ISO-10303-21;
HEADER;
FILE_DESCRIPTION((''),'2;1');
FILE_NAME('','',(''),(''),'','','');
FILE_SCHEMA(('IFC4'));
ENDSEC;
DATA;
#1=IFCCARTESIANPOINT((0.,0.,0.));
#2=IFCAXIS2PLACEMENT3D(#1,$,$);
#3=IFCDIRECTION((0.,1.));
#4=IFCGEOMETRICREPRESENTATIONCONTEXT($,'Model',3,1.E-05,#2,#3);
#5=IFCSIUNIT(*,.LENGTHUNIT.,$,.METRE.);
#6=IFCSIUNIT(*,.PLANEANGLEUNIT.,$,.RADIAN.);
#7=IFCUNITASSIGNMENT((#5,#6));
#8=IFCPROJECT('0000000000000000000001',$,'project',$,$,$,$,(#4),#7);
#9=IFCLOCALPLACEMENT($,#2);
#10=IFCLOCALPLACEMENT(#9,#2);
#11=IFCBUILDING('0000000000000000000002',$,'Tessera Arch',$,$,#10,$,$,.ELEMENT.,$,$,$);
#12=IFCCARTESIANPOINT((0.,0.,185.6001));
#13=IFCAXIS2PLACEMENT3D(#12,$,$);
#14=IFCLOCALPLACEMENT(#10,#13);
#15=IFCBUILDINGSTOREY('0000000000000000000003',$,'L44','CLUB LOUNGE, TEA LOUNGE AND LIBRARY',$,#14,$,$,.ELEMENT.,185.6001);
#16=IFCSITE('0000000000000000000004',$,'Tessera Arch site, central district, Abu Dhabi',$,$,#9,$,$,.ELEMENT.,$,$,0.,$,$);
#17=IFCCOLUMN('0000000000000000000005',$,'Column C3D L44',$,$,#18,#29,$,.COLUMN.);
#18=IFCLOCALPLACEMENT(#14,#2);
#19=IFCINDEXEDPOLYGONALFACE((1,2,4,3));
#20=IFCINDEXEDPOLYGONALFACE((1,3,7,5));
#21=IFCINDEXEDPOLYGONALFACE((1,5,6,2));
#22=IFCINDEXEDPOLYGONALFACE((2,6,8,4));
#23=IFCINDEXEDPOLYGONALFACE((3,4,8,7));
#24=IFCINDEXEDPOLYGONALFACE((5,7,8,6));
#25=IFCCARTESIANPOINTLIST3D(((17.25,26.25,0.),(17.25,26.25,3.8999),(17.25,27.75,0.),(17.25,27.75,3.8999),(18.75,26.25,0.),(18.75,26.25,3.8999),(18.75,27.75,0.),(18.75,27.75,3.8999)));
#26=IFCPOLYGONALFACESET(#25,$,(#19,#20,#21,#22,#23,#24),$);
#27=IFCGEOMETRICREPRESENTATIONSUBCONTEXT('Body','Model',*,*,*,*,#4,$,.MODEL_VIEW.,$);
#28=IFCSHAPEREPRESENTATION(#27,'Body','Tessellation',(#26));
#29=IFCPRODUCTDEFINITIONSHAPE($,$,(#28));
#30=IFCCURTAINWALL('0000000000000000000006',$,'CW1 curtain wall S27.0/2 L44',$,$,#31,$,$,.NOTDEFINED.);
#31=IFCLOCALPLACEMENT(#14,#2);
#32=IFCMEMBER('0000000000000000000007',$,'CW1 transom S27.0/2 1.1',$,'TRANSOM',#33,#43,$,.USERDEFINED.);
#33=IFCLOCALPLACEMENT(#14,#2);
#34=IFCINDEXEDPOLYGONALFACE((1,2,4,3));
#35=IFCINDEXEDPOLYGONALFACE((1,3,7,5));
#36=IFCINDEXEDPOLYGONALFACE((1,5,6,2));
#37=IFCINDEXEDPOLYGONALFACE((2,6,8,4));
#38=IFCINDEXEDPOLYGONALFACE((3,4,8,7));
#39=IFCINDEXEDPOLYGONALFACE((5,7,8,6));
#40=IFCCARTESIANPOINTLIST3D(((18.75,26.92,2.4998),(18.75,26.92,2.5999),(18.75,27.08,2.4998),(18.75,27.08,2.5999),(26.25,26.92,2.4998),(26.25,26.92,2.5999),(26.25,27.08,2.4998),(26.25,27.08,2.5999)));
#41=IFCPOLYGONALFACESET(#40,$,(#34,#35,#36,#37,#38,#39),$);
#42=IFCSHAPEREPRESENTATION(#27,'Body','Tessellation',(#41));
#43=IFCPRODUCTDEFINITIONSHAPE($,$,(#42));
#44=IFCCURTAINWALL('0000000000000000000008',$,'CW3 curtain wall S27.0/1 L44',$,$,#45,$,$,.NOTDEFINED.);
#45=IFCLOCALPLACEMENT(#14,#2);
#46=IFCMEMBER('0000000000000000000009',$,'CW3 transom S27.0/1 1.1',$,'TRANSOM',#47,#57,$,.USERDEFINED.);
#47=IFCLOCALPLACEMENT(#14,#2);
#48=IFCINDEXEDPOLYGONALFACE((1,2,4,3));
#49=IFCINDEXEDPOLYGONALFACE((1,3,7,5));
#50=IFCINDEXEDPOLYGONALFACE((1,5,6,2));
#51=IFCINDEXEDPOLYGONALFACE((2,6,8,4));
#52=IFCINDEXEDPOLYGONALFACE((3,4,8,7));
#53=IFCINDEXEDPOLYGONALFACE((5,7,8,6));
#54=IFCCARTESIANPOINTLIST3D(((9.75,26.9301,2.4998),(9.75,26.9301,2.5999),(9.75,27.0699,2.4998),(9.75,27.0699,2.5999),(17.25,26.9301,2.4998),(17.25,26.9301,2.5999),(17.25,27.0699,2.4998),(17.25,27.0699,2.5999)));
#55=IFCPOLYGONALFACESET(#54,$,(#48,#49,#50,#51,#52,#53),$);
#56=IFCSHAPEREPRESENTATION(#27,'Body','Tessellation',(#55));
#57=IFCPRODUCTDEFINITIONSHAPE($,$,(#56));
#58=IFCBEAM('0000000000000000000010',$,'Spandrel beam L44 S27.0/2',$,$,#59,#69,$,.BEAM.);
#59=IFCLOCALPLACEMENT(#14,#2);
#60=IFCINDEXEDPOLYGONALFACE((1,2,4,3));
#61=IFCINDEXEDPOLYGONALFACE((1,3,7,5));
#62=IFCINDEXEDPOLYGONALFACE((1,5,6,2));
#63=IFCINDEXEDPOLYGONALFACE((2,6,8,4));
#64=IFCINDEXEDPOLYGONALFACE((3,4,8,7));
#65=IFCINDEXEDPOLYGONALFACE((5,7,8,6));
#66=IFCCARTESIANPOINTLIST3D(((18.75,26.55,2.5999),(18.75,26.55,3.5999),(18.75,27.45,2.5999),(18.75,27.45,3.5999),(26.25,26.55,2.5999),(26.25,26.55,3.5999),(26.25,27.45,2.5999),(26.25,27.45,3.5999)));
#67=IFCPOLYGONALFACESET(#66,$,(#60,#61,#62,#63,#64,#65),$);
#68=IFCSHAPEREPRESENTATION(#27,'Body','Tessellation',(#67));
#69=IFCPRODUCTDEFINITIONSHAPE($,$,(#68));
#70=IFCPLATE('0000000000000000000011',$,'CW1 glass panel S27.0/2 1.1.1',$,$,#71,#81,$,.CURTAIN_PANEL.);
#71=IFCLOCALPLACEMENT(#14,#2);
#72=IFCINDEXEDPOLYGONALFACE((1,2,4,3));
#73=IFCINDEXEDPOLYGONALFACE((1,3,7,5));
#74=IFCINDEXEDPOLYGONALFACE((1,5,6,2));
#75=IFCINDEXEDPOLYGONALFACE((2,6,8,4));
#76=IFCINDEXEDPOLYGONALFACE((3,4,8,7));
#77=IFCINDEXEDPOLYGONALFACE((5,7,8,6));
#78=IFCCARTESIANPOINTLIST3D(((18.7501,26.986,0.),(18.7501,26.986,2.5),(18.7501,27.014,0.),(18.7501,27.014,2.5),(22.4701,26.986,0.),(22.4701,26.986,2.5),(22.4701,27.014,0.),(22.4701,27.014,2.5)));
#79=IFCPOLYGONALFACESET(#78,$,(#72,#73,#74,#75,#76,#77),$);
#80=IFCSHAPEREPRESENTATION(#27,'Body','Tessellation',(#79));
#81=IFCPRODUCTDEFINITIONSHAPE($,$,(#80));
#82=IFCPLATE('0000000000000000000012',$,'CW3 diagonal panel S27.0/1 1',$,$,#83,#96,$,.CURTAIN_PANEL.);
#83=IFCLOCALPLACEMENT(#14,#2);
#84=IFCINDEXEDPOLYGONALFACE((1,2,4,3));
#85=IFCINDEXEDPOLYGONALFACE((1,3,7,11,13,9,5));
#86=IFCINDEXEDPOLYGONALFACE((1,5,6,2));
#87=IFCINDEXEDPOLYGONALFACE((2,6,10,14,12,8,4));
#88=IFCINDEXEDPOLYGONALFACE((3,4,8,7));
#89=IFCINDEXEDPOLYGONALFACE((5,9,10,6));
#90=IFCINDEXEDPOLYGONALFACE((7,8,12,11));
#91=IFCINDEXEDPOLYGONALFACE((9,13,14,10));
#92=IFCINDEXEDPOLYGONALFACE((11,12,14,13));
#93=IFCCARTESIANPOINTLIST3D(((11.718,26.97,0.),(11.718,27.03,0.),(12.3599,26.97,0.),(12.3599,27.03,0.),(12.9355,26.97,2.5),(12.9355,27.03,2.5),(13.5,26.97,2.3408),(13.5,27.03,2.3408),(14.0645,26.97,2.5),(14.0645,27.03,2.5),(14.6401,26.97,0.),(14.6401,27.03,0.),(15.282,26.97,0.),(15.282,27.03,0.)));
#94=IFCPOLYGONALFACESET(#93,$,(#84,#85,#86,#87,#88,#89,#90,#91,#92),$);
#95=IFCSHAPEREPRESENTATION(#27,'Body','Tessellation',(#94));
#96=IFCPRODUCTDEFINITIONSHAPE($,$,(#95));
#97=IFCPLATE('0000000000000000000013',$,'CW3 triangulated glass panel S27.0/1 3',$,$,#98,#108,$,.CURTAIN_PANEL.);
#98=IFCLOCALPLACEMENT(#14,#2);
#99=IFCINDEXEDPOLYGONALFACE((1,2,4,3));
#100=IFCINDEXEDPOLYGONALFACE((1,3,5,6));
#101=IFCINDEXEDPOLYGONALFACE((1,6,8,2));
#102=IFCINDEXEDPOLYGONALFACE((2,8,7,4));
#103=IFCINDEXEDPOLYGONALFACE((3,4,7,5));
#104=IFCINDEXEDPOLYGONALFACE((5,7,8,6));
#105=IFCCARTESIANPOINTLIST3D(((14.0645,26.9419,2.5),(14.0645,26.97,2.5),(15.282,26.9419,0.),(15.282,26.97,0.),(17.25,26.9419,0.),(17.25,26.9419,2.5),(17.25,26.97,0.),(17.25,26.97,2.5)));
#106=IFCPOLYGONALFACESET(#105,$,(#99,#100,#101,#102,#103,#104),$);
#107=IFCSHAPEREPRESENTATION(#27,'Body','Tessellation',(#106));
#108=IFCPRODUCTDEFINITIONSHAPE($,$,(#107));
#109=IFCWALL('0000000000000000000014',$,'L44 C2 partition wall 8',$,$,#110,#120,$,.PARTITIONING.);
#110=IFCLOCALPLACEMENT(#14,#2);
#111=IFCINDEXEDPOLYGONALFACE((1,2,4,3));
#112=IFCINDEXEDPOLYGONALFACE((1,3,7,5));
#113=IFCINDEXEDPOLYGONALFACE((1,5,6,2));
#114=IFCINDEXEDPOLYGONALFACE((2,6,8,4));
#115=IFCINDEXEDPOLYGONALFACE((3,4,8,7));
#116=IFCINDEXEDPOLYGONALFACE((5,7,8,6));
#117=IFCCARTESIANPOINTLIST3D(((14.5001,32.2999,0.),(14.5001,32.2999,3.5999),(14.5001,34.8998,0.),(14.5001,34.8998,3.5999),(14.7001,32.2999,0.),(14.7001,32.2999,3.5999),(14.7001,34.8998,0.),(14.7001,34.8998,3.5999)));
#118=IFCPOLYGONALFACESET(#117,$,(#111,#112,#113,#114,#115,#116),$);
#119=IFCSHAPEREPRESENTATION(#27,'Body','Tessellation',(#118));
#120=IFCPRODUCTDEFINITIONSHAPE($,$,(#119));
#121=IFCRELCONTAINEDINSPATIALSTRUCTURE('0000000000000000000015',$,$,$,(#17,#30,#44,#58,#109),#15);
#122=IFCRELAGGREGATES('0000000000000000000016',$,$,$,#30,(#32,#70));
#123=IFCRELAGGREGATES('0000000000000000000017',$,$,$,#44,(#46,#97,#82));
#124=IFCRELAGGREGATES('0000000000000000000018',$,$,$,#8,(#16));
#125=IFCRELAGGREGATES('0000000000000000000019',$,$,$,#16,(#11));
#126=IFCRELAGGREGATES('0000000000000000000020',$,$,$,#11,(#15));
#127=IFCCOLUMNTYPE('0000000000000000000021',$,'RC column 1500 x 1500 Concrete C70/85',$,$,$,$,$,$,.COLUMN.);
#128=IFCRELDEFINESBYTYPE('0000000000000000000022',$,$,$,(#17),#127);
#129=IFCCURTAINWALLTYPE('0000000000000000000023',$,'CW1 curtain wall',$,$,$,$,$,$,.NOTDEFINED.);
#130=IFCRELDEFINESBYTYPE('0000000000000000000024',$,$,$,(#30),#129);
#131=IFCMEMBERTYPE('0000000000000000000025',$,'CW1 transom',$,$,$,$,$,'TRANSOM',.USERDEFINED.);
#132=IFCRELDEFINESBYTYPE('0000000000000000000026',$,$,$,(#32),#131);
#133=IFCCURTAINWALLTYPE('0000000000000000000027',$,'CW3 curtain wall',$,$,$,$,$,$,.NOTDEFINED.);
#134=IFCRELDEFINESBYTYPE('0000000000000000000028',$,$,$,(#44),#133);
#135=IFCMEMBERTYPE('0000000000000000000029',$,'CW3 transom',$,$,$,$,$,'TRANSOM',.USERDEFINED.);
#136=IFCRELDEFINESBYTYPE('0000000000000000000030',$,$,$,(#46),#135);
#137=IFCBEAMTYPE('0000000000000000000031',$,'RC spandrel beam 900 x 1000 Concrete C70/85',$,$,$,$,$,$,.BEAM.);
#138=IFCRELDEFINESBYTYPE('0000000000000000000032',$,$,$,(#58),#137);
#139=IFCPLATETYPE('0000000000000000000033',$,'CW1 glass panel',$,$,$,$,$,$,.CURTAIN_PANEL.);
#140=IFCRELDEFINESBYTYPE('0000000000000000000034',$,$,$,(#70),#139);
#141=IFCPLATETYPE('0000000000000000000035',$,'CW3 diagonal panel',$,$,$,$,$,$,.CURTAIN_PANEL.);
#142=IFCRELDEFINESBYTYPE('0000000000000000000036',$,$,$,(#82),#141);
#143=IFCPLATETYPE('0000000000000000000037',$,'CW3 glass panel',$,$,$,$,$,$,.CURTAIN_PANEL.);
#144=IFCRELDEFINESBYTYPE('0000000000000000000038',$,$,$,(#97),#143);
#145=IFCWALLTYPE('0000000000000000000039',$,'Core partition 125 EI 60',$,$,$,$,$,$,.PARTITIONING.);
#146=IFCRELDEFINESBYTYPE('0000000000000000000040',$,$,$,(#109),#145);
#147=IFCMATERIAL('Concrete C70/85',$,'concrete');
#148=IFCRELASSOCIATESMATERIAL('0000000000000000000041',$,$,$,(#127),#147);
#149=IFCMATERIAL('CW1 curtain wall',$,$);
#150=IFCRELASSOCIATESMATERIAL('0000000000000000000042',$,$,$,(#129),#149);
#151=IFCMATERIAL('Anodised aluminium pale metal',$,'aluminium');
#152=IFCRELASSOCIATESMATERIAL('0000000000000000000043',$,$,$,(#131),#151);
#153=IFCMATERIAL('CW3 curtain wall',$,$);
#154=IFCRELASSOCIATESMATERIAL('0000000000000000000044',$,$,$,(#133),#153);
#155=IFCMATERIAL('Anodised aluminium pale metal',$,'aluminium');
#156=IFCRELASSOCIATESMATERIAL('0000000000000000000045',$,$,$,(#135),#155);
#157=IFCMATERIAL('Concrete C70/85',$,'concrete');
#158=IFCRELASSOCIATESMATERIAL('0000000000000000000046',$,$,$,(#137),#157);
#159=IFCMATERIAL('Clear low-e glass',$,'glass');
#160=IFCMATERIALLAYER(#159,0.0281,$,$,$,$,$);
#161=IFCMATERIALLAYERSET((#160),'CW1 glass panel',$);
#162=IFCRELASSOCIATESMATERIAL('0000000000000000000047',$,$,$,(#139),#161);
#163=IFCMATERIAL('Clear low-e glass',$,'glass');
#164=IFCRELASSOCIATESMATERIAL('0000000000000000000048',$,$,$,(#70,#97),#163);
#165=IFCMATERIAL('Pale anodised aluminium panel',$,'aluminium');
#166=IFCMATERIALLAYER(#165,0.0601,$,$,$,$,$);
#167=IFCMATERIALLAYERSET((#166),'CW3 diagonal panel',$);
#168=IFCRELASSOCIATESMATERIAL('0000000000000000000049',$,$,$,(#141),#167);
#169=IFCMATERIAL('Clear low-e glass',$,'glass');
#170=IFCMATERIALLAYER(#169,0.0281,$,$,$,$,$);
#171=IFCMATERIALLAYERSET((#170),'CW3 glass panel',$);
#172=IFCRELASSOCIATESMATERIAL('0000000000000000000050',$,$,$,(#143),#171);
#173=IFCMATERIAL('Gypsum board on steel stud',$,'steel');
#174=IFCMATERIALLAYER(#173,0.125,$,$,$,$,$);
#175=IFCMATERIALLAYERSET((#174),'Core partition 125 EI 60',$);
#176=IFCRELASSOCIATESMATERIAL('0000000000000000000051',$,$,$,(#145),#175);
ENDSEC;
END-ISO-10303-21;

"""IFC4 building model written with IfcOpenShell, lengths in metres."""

from ifc_helpers import new_model, si_unit, direction, frame, frame_2d, origin, origin_2d, place, context, subcontext, project, spatial, polyline, rectangle, outline, extrude, material, layer, layer_set, material_profile, profile_set, type_object, element, aggregate, save


model = new_model("IFC4")

# Units and contexts
model_context = context("Model", 3, precision=1e-05, world=origin(), true_north=direction((0.0, 1.0)))
body_context = subcontext(model_context, "Body", "Model", "MODEL_VIEW")
ifc_project = project(units=[si_unit("LENGTHUNIT", "METRE"), si_unit("PLANEANGLEUNIT", "RADIAN")], contexts=[model_context])

# Site, building, storey
site_placement = place(None, origin())
site = spatial("IfcSite", under=ifc_project, at=site_placement, Name="Tessera Arch site, central district, Abu Dhabi", CompositionType="ELEMENT", RefElevation=0.0)
building_placement = place(site_placement, origin())
building = spatial("IfcBuilding", under=site, at=building_placement, Name="Tessera Arch", CompositionType="ELEMENT")
storey_placement = place(building_placement, frame((0.0, 0.0, 185.6001)))
storey = spatial("IfcBuildingStorey", under=building, at=storey_placement, Name="L44", Description="CLUB LOUNGE, TEA LOUNGE AND LIBRARY", CompositionType="ELEMENT", Elevation=185.6001)

# Column
ifc_material_1 = material(Name="Concrete C70/85", Category="concrete")
ifc_material_profile_1 = material_profile(ifc_material_1, rectangle(XDim=1.5, YDim=1.5, at=origin_2d()), Name="RC column 1500 x 1500 Concrete C70/85")
ifc_profile_set_1 = profile_set([ifc_material_profile_1], Name="Concrete C70/85")
column_type = type_object("IfcColumnType", Name="RC column 1500 x 1500 Concrete C70/85", PredefinedType="COLUMN", material=ifc_profile_set_1)
column_placement = place(storey_placement, frame((18.0, 27.0, 0.0), z_axis=(0.0, 0.0, 1.0), x_axis=(1.0, 0.0, 0.0)))
element("IfcColumn", 1, at=column_placement, inside=storey, type_object=column_type, Name="Column C3D L44", PredefinedType="COLUMN", context=body_context, shape_type="SweptSolid", body=[
    extrude(rectangle(XDim=1.5, YDim=1.5, at=origin_2d()), origin(), (0.0, 0.0, 1.0), 3.8999),
])

# Curtain walls, members
ifc_material_2 = material(Name="CW1 curtain wall")
curtain_wall_type_1 = type_object("IfcCurtainWallType", Name="CW1 curtain wall", PredefinedType="NOTDEFINED", material=ifc_material_2)
curtain_wall_1_placement = place(storey_placement, origin())
curtain_wall_1 = element("IfcCurtainWall", 2, at=curtain_wall_1_placement, inside=storey, type_object=curtain_wall_type_1, Name="CW1 curtain wall S27.0/2 L44", PredefinedType="NOTDEFINED")
ifc_material_3 = material(Name="Anodised aluminium pale metal", Category="aluminium")
ifc_material_profile_2 = material_profile(ifc_material_3, rectangle(XDim=0.1599, YDim=0.1001, at=origin_2d()), Name="AL 160x100")
ifc_profile_set_2 = profile_set([ifc_material_profile_2], Name="Anodised aluminium pale metal")
member_type_1 = type_object("IfcMemberType", Name="CW1 transom", ElementType="TRANSOM", PredefinedType="USERDEFINED", material=ifc_profile_set_2)
member_1_placement = place(storey_placement, frame((18.75, 27.0, 2.5498), z_axis=(1.0, 0.0, 0.0), x_axis=(0.0, 1.0, 0.0)))
member_1 = element("IfcMember", 3, at=member_1_placement, type_object=member_type_1, Name="CW1 transom S27.0/2 1.1", ObjectType="TRANSOM", PredefinedType="USERDEFINED", context=body_context, shape_type="SweptSolid", body=[
    extrude(rectangle(XDim=0.1599, YDim=0.1001, at=origin_2d()), origin(), (0.0, 0.0, 1.0), 7.5),
])
ifc_material_4 = material(Name="CW3 curtain wall")
curtain_wall_type_2 = type_object("IfcCurtainWallType", Name="CW3 curtain wall", PredefinedType="NOTDEFINED", material=ifc_material_4)
curtain_wall_2_placement = place(storey_placement, origin())
curtain_wall_2 = element("IfcCurtainWall", 4, at=curtain_wall_2_placement, inside=storey, type_object=curtain_wall_type_2, Name="CW3 curtain wall S27.0/1 L44", PredefinedType="NOTDEFINED")
ifc_material_5 = material(Name="Anodised aluminium pale metal", Category="aluminium")
ifc_material_profile_3 = material_profile(ifc_material_5, rectangle(XDim=0.1399, YDim=0.1001, at=origin_2d()), Name="AL 140x100")
ifc_profile_set_3 = profile_set([ifc_material_profile_3], Name="Anodised aluminium pale metal")
member_type_2 = type_object("IfcMemberType", Name="CW3 transom", ElementType="TRANSOM", PredefinedType="USERDEFINED", material=ifc_profile_set_3)
member_2_placement = place(storey_placement, frame((9.75, 27.0, 2.5498), z_axis=(1.0, 0.0, 0.0), x_axis=(0.0, 1.0, 0.0)))
member_2 = element("IfcMember", 5, at=member_2_placement, type_object=member_type_2, Name="CW3 transom S27.0/1 1.1", ObjectType="TRANSOM", PredefinedType="USERDEFINED", context=body_context, shape_type="SweptSolid", body=[
    extrude(rectangle(XDim=0.1399, YDim=0.1001, at=origin_2d()), origin(), (0.0, 0.0, 1.0), 7.5),
])

# Beam
ifc_material_6 = material(Name="Concrete C70/85", Category="concrete")
ifc_material_profile_4 = material_profile(ifc_material_6, rectangle(XDim=0.8999, YDim=1.0, at=origin_2d()), Name="RC spandrel beam 900 x 1000 Concrete C70/85")
ifc_profile_set_4 = profile_set([ifc_material_profile_4], Name="Concrete C70/85")
beam_type = type_object("IfcBeamType", Name="RC spandrel beam 900 x 1000 Concrete C70/85", PredefinedType="BEAM", material=ifc_profile_set_4)
beam_placement = place(storey_placement, frame((18.75, 27.0, 3.0999), z_axis=(1.0, 0.0, 0.0), x_axis=(0.0, 1.0, 0.0)))
element("IfcBeam", 6, at=beam_placement, inside=storey, type_object=beam_type, Name="Spandrel beam L44 S27.0/2", PredefinedType="BEAM", context=body_context, shape_type="SweptSolid", body=[
    extrude(rectangle(XDim=0.8999, YDim=1.0, at=origin_2d()), origin(), (0.0, 0.0, 1.0), 7.5),
])

# Plates
ifc_material_7 = material(Name="Clear low-e glass", Category="glass")
ifc_material_8 = material(Name="Clear low-e glass", Category="glass")
ifc_layer_1 = layer(ifc_material_8, 0.0281)
ifc_layer_set_1 = layer_set([ifc_layer_1], Name="CW1 glass panel")
plate_type_1 = type_object("IfcPlateType", Name="CW1 glass panel", PredefinedType="CURTAIN_PANEL", material=ifc_layer_set_1)
plate_1_placement = place(storey_placement, frame((20.6101, 27.0, 0.0), z_axis=(0.0, 0.0, 1.0), x_axis=(1.0, 0.0, 0.0)))
plate_1 = element("IfcPlate", 7, at=plate_1_placement, type_object=plate_type_1, material=ifc_material_7, Name="CW1 glass panel S27.0/2 1.1.1", PredefinedType="CURTAIN_PANEL", context=body_context, shape_type="SweptSolid", body=[
    extrude(rectangle(XDim=3.72, YDim=0.0281, at=origin_2d()), origin(), (0.0, 0.0, 1.0), 2.5),
])
aggregate(curtain_wall_1, [member_1, plate_1])
ifc_material_9 = material(Name="Pale anodised aluminium panel", Category="aluminium")
ifc_layer_2 = layer(ifc_material_9, 0.0601)
ifc_layer_set_2 = layer_set([ifc_layer_2], Name="CW3 diagonal panel")
plate_type_2 = type_object("IfcPlateType", Name="CW3 diagonal panel", PredefinedType="CURTAIN_PANEL", material=ifc_layer_set_2)
plate_2_placement = place(storey_placement, frame((14.0645, 26.97, 2.5), z_axis=(0.0, -1.0, 0.0), x_axis=(-1.0, 0.0, 0.0)))
plate_2 = element("IfcPlate", 8, at=plate_2_placement, type_object=plate_type_2, Name="CW3 diagonal panel S27.0/1 1", PredefinedType="CURTAIN_PANEL", context=body_context, shape_type="SweptSolid", body=[
    extrude(outline(polyline([(0.0, 0.0), (1.1289, 0.0), (2.3464, 2.5), (1.7046, 2.5), (0.5645, 0.1592), (-0.5757, 2.5), (-1.2175, 2.5), (0.0, 0.0)])), origin(), (0.0, 0.0, -1.0), 0.0601),
])
ifc_material_10 = material(Name="Clear low-e glass", Category="glass")
ifc_layer_3 = layer(ifc_material_10, 0.0281)
ifc_layer_set_3 = layer_set([ifc_layer_3], Name="CW3 glass panel")
plate_type_3 = type_object("IfcPlateType", Name="CW3 glass panel", PredefinedType="CURTAIN_PANEL", material=ifc_layer_set_3)
plate_3_placement = place(storey_placement, frame((17.25, 26.9419, 2.5), z_axis=(0.0, -1.0, 0.0), x_axis=(-1.0, 0.0, 0.0)))
plate_3 = element("IfcPlate", 9, at=plate_3_placement, type_object=plate_type_3, material=ifc_material_7, Name="CW3 triangulated glass panel S27.0/1 3", PredefinedType="CURTAIN_PANEL", context=body_context, shape_type="SweptSolid", body=[
    extrude(outline(polyline([(0.0, 0.0), (3.1855, 0.0), (1.968, 2.5), (0.0, 2.5), (0.0, 0.0)])), origin(), (0.0, 0.0, -1.0), 0.0281),
])

# Wall
ifc_material_11 = material(Name="Gypsum board on steel stud", Category="steel")
ifc_layer_4 = layer(ifc_material_11, 0.125)
ifc_layer_set_4 = layer_set([ifc_layer_4], Name="Core partition 125 EI 60")
wall_type_1 = type_object("IfcWallType", Name="Core partition 125 EI 60", PredefinedType="PARTITIONING", material=ifc_layer_set_4)
wall_1_placement = place(storey_placement, frame((14.6001, 32.3, 0.0), z_axis=(0.0, 0.0, 1.0), x_axis=(0.0, 1.0, 0.0)))
element("IfcWall", 10, at=wall_1_placement, inside=storey, type_object=wall_type_1, Name="L44 C2 partition wall 8", PredefinedType="PARTITIONING", context=body_context, shape_type="SweptSolid", body=[
    extrude(rectangle(XDim=2.5999, YDim=0.2, at=frame_2d((1.2998, 0.0))), origin(), (0.0, 0.0, 1.0), 3.5999),
])

aggregate(curtain_wall_2, [member_2, plate_3, plate_2])

save(model, "model.ifc")
